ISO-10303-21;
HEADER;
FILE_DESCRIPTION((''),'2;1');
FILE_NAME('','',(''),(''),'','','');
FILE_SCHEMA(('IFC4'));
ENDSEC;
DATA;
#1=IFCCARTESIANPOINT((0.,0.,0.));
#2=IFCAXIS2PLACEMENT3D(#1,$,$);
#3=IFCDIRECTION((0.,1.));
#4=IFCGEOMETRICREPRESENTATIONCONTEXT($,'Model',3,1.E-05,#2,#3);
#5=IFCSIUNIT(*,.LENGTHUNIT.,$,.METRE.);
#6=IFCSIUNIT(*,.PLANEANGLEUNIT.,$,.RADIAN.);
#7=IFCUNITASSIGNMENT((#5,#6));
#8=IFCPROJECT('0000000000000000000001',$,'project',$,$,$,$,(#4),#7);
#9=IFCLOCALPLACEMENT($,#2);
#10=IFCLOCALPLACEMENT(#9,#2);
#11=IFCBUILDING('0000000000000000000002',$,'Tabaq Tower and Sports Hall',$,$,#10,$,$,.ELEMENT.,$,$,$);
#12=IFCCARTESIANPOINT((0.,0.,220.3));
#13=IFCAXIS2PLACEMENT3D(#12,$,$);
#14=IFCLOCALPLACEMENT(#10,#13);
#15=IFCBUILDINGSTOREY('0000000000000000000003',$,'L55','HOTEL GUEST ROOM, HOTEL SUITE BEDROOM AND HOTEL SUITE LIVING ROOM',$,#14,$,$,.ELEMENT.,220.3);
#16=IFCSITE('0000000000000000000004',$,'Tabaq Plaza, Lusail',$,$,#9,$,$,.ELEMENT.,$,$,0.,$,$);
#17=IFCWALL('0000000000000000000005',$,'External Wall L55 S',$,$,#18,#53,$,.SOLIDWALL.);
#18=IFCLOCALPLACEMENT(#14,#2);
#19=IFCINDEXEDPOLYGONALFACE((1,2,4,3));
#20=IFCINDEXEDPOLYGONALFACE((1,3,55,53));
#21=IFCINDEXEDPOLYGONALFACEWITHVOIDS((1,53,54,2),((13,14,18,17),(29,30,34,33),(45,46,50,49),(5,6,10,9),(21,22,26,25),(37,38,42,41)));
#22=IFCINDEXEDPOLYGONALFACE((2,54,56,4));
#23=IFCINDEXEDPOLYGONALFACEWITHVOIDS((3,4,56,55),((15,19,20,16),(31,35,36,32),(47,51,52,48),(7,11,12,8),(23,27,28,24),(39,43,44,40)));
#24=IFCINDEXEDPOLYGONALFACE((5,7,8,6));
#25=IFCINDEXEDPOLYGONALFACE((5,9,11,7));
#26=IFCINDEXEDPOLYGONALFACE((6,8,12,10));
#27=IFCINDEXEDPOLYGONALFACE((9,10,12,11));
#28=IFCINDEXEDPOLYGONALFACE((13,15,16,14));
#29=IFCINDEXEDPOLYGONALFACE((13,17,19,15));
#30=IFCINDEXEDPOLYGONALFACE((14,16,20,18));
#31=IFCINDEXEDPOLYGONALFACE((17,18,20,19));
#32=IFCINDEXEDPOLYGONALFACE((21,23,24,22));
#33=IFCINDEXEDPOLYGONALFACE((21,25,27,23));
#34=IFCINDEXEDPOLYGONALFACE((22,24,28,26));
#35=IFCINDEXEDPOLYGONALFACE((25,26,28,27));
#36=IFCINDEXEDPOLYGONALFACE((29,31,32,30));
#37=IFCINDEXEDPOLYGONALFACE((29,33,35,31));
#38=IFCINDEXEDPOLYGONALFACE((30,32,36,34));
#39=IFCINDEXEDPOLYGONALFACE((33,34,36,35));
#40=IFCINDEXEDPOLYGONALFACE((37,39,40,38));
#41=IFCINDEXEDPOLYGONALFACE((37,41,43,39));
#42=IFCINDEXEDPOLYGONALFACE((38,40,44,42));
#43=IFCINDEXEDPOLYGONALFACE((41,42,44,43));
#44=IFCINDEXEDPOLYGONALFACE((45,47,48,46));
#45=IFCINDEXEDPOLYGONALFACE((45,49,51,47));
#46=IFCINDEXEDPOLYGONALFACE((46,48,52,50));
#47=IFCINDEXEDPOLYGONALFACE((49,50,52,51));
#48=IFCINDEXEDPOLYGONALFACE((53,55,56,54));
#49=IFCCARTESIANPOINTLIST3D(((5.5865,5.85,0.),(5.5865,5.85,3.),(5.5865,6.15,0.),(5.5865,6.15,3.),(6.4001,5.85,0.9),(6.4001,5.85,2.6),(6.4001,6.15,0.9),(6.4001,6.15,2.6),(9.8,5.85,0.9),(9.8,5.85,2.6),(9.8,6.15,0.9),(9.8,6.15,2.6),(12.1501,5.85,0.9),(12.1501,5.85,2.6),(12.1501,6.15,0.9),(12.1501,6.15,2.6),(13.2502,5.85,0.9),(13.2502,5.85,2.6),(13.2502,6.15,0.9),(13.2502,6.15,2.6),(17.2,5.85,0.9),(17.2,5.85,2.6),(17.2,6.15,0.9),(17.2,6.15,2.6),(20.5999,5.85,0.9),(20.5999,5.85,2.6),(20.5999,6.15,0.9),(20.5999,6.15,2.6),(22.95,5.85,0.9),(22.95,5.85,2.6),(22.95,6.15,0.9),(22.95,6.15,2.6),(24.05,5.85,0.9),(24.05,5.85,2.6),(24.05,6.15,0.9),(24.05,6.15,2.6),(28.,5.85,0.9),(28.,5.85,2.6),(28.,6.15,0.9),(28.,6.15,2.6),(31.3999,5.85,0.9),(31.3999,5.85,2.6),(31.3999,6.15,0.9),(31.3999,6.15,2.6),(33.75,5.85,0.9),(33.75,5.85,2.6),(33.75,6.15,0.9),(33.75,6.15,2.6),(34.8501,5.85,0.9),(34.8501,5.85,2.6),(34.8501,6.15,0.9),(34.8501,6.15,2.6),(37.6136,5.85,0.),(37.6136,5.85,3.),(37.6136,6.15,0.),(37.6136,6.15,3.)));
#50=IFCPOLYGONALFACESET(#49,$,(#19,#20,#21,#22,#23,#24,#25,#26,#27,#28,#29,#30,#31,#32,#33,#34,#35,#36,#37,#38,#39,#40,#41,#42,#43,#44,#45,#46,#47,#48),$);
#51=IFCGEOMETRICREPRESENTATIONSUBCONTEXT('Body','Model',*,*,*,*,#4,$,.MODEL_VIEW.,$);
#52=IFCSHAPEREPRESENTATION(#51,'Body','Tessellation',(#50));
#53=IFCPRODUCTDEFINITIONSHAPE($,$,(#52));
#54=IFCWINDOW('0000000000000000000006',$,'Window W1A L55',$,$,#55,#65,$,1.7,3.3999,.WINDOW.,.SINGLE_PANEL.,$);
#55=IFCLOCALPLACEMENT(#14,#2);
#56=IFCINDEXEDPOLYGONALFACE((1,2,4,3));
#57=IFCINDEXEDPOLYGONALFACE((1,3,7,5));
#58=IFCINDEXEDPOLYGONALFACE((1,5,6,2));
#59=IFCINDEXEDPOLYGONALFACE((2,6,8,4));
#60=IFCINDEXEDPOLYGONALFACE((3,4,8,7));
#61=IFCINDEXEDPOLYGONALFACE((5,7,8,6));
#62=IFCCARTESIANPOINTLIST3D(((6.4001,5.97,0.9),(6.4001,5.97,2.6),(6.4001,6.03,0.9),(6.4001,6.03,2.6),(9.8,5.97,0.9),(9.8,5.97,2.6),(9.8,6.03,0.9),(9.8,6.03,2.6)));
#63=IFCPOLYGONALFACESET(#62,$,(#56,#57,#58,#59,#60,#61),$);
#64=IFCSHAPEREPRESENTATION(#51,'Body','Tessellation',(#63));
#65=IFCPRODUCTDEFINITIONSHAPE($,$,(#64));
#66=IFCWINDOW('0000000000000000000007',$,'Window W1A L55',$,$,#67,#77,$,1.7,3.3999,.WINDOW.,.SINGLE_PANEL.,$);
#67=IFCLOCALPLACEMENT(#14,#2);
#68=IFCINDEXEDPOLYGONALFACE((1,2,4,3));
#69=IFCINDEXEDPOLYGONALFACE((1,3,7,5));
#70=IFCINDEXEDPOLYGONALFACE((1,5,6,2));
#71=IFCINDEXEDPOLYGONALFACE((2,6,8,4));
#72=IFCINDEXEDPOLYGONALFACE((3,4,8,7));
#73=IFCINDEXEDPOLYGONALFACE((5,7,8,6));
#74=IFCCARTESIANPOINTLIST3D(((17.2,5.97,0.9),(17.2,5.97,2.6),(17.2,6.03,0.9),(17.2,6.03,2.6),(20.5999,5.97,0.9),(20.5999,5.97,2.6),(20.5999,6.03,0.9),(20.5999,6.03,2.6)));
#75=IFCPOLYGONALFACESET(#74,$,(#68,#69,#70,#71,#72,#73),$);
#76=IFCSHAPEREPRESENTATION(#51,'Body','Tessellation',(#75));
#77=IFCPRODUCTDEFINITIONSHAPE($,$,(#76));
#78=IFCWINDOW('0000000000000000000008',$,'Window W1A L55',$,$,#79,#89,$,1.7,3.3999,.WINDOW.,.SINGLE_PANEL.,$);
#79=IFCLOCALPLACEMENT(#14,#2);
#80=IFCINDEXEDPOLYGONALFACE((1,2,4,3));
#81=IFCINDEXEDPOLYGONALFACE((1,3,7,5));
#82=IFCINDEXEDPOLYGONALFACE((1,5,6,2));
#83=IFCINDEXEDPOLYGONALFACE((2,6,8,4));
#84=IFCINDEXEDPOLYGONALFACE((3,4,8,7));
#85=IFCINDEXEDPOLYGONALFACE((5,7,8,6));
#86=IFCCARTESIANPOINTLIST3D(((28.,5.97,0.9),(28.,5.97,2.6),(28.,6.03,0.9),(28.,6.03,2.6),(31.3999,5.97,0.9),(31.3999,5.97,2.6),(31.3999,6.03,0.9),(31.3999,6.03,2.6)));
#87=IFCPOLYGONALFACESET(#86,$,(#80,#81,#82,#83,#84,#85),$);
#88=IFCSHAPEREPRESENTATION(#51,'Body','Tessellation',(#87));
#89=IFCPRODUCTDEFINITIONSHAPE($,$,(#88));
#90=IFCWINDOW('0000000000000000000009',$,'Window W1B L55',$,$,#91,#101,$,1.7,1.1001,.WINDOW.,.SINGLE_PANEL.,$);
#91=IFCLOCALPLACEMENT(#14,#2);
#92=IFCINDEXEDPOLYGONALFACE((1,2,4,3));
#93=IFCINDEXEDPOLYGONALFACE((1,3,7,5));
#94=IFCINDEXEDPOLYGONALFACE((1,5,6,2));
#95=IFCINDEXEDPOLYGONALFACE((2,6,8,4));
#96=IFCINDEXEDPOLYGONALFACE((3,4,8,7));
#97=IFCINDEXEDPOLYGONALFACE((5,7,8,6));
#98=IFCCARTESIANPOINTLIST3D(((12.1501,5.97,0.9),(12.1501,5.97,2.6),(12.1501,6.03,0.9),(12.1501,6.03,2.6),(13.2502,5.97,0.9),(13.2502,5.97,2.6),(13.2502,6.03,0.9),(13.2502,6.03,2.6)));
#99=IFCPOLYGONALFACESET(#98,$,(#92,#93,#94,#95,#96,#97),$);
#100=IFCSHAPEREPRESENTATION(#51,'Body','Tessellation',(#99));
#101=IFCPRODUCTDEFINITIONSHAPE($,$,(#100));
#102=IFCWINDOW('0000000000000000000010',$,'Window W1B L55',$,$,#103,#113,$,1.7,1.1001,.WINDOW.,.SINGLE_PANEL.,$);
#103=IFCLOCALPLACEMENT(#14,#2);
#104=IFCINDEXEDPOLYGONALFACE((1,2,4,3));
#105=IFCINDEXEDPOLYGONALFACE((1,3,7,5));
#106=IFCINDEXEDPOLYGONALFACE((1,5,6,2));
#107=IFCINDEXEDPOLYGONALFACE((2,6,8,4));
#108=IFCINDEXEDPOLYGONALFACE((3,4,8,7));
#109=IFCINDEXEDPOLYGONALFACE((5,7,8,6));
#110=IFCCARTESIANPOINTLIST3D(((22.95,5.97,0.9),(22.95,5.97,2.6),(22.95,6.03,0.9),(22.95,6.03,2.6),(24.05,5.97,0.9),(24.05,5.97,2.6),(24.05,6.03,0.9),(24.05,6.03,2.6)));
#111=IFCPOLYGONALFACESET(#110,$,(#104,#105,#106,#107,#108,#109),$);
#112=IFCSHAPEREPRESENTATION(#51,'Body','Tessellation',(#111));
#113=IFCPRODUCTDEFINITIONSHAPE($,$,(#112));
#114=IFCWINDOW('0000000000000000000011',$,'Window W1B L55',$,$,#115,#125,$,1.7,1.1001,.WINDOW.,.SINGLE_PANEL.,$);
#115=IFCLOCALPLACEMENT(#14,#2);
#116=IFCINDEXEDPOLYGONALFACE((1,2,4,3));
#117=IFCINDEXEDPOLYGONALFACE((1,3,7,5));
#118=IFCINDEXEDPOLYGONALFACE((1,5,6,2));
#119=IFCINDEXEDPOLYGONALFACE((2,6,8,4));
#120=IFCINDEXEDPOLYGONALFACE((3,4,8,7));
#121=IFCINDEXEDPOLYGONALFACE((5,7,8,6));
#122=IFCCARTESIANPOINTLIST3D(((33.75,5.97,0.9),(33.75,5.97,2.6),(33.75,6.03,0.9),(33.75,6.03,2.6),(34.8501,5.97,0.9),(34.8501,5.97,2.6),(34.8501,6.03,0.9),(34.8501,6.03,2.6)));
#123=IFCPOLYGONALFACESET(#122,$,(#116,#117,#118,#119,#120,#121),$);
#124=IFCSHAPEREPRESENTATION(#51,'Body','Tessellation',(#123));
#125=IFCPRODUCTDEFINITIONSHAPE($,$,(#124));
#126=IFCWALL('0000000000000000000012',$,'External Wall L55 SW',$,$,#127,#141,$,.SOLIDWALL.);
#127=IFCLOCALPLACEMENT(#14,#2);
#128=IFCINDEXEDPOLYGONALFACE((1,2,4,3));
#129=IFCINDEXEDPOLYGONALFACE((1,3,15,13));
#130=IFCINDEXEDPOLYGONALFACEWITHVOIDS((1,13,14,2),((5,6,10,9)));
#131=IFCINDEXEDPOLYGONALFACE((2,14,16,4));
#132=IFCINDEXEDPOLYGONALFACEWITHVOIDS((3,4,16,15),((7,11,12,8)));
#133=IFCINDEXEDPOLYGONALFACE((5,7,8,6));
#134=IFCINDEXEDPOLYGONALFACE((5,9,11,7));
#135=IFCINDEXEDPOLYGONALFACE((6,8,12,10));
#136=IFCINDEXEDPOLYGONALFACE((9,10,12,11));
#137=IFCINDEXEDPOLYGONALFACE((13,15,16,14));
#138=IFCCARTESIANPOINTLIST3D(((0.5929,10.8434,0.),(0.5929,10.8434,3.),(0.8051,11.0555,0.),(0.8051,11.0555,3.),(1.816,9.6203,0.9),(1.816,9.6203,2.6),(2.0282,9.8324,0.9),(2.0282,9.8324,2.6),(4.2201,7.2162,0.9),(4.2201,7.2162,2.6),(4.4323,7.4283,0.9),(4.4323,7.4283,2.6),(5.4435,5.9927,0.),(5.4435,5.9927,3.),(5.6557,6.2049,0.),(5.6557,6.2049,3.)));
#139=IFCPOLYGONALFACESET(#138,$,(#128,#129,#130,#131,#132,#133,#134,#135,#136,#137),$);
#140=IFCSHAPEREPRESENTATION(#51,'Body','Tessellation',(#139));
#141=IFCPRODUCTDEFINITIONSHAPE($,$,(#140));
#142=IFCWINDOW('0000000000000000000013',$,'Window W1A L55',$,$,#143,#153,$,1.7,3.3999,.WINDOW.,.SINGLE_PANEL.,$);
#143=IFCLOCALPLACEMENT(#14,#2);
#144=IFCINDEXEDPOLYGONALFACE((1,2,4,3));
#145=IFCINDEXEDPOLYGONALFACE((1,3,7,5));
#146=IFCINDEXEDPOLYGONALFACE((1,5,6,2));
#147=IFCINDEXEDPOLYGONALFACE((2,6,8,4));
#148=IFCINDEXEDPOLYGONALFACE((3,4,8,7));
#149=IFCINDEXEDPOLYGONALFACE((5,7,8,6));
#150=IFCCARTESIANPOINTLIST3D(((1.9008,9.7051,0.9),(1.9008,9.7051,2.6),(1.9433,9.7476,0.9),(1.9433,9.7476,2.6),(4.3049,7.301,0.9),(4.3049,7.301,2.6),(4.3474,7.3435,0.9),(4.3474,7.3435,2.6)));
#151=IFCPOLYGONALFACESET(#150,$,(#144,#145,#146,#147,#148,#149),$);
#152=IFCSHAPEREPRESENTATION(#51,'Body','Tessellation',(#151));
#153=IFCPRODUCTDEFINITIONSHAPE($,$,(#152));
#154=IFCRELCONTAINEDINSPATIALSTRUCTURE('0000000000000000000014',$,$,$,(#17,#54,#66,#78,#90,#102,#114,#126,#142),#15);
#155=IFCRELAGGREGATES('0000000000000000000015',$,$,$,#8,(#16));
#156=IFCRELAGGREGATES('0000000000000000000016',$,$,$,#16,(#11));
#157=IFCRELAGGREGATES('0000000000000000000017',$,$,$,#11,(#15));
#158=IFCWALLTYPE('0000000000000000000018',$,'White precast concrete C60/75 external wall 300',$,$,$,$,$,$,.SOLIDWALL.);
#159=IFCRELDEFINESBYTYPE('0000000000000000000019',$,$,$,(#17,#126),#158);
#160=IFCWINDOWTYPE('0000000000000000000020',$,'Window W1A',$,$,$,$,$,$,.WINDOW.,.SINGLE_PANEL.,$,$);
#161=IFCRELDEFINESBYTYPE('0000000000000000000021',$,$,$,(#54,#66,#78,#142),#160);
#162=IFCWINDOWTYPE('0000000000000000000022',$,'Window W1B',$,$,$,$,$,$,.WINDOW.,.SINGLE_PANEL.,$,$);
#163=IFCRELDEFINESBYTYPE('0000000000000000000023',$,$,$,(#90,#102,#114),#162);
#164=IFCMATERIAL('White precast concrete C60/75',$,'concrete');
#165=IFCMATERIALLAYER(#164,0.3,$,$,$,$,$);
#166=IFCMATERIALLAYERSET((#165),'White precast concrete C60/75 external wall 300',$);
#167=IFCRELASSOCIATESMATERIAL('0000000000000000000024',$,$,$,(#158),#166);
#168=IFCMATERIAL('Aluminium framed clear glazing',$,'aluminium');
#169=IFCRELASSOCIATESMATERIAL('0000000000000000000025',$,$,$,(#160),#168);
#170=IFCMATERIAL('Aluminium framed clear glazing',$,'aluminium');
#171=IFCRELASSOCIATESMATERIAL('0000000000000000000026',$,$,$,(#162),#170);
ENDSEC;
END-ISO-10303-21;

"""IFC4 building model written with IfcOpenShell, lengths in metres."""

from ifc_helpers import new_model, si_unit, direction, frame, frame_2d, origin, place, context, subcontext, project, spatial, rectangle, extrude, material, layer, layer_set, type_object, element, fill, save


model = new_model("IFC4")

# Units and contexts
model_context = context("Model", 3, precision=1e-05, world=origin(), true_north=direction((0.0, 1.0)))
body_context = subcontext(model_context, "Body", "Model", "MODEL_VIEW")
ifc_project = project(units=[si_unit("LENGTHUNIT", "METRE"), si_unit("PLANEANGLEUNIT", "RADIAN")], contexts=[model_context])

# Site, building, storey
site_placement = place(None, origin())
site = spatial("IfcSite", under=ifc_project, at=site_placement, Name="Tabaq Plaza, Lusail", CompositionType="ELEMENT", RefElevation=0.0)
building_placement = place(site_placement, origin())
building = spatial("IfcBuilding", under=site, at=building_placement, Name="Tabaq Tower and Sports Hall", CompositionType="ELEMENT")
storey_placement = place(building_placement, frame((0.0, 0.0, 220.3)))
storey = spatial("IfcBuildingStorey", under=building, at=storey_placement, Name="L55", Description="HOTEL GUEST ROOM, HOTEL SUITE BEDROOM AND HOTEL SUITE LIVING ROOM", CompositionType="ELEMENT", Elevation=220.3)

# Wall, openings, windows
ifc_material_1 = material(Name="White precast concrete C60/75", Category="concrete")
ifc_layer_1 = layer(ifc_material_1, 0.3)
ifc_layer_set_1 = layer_set([ifc_layer_1], Name="White precast concrete C60/75 external wall 300")
wall_type_1 = type_object("IfcWallType", Name="White precast concrete C60/75 external wall 300", PredefinedType="SOLIDWALL", material=ifc_layer_set_1)
wall_1_placement = place(storey_placement, frame((5.5864, 6.0, 0.0), z_axis=(0.0, 0.0, 1.0), x_axis=(1.0, 0.0, 0.0)))
wall_1 = element("IfcWall", 1, at=wall_1_placement, inside=storey, type_object=wall_type_1, Name="External Wall L55 S", PredefinedType="SOLIDWALL", context=body_context, shape_type="SweptSolid", body=[
    extrude(rectangle(XDim=32.0271, YDim=0.3, at=frame_2d((16.0137, 0.0))), origin(), (0.0, 0.0, 1.0), 3.0),
])
opening_1_placement = place(wall_1_placement, frame((0.8137, 0.0, 0.8999)))
opening_1 = element("IfcOpeningElement", 2, at=opening_1_placement, cuts=wall_1, PredefinedType="OPENING", context=body_context, shape_type="SweptSolid", body=[
    extrude(rectangle(XDim=3.3999, YDim=1.7, at=frame_2d((1.7, 0.8501))), frame((0.0, 0.1602, 0.0), z_axis=(0.0, -1.0, 0.0), x_axis=(1.0, 0.0, 0.0)), (0.0, 0.0, 1.0), 0.3201),
])
opening_2_placement = place(wall_1_placement, frame((6.5637, 0.0, 0.8999)))
opening_2 = element("IfcOpeningElement", 3, at=opening_2_placement, cuts=wall_1, PredefinedType="OPENING", context=body_context, shape_type="SweptSolid", body=[
    extrude(rectangle(XDim=1.1001, YDim=1.7, at=frame_2d((0.55, 0.8501))), frame((0.0, 0.1602, 0.0), z_axis=(0.0, -1.0, 0.0), x_axis=(1.0, 0.0, 0.0)), (0.0, 0.0, 1.0), 0.3201),
])
opening_3_placement = place(wall_1_placement, frame((11.6135, 0.0, 0.8999)))
opening_3 = element("IfcOpeningElement", 4, at=opening_3_placement, cuts=wall_1, PredefinedType="OPENING", context=body_context, shape_type="SweptSolid", body=[
    extrude(rectangle(XDim=3.3999, YDim=1.7, at=frame_2d((1.7, 0.8501))), frame((0.0, 0.1602, 0.0), z_axis=(0.0, -1.0, 0.0), x_axis=(1.0, 0.0, 0.0)), (0.0, 0.0, 1.0), 0.3201),
])
opening_4_placement = place(wall_1_placement, frame((17.3635, 0.0, 0.8999)))
opening_4 = element("IfcOpeningElement", 5, at=opening_4_placement, cuts=wall_1, PredefinedType="OPENING", context=body_context, shape_type="SweptSolid", body=[
    extrude(rectangle(XDim=1.1001, YDim=1.7, at=frame_2d((0.55, 0.8501))), frame((0.0, 0.1602, 0.0), z_axis=(0.0, -1.0, 0.0), x_axis=(1.0, 0.0, 0.0)), (0.0, 0.0, 1.0), 0.3201),
])
opening_5_placement = place(wall_1_placement, frame((22.4136, 0.0, 0.8999)))
opening_5 = element("IfcOpeningElement", 6, at=opening_5_placement, cuts=wall_1, PredefinedType="OPENING", context=body_context, shape_type="SweptSolid", body=[
    extrude(rectangle(XDim=3.3999, YDim=1.7, at=frame_2d((1.7, 0.8501))), frame((0.0, 0.1602, 0.0), z_axis=(0.0, -1.0, 0.0), x_axis=(1.0, 0.0, 0.0)), (0.0, 0.0, 1.0), 0.3201),
])
opening_6_placement = place(wall_1_placement, frame((28.1636, 0.0, 0.8999)))
opening_6 = element("IfcOpeningElement", 7, at=opening_6_placement, cuts=wall_1, PredefinedType="OPENING", context=body_context, shape_type="SweptSolid", body=[
    extrude(rectangle(XDim=1.1001, YDim=1.7, at=frame_2d((0.55, 0.8501))), frame((0.0, 0.1602, 0.0), z_axis=(0.0, -1.0, 0.0), x_axis=(1.0, 0.0, 0.0)), (0.0, 0.0, 1.0), 0.3201),
])
ifc_material_2 = material(Name="Aluminium framed clear glazing", Category="aluminium")
window_type_1 = type_object("IfcWindowType", Name="Window W1A", PartitioningType="SINGLE_PANEL", PredefinedType="WINDOW", material=ifc_material_2)
window_1_placement = place(opening_1_placement, origin())
window_1 = element("IfcWindow", 8, at=window_1_placement, inside=storey, type_object=window_type_1, Name="Window W1A L55", OverallHeight=1.7, OverallWidth=3.3999, PartitioningType="SINGLE_PANEL", PredefinedType="WINDOW", context=body_context, shape_type="SweptSolid", body=[
    extrude(rectangle(XDim=3.3999, YDim=1.7, at=frame_2d((1.7, 0.8501))), frame((0.0, 0.03, 0.0), z_axis=(0.0, -1.0, 0.0), x_axis=(1.0, 0.0, 0.0)), (0.0, 0.0, 1.0), 0.0601),
])
fill(opening_1, window_1)
window_2_placement = place(opening_3_placement, origin())
window_2 = element("IfcWindow", 9, at=window_2_placement, inside=storey, type_object=window_type_1, Name="Window W1A L55", OverallHeight=1.7, OverallWidth=3.3999, PartitioningType="SINGLE_PANEL", PredefinedType="WINDOW", context=body_context, shape_type="SweptSolid", body=[
    extrude(rectangle(XDim=3.3999, YDim=1.7, at=frame_2d((1.7, 0.8501))), frame((0.0, 0.03, 0.0), z_axis=(0.0, -1.0, 0.0), x_axis=(1.0, 0.0, 0.0)), (0.0, 0.0, 1.0), 0.0601),
])
fill(opening_3, window_2)
window_3_placement = place(opening_5_placement, origin())
window_3 = element("IfcWindow", 10, at=window_3_placement, inside=storey, type_object=window_type_1, Name="Window W1A L55", OverallHeight=1.7, OverallWidth=3.3999, PartitioningType="SINGLE_PANEL", PredefinedType="WINDOW", context=body_context, shape_type="SweptSolid", body=[
    extrude(rectangle(XDim=3.3999, YDim=1.7, at=frame_2d((1.7, 0.8501))), frame((0.0, 0.03, 0.0), z_axis=(0.0, -1.0, 0.0), x_axis=(1.0, 0.0, 0.0)), (0.0, 0.0, 1.0), 0.0601),
])
fill(opening_5, window_3)
ifc_material_3 = material(Name="Aluminium framed clear glazing", Category="aluminium")
window_type_2 = type_object("IfcWindowType", Name="Window W1B", PartitioningType="SINGLE_PANEL", PredefinedType="WINDOW", material=ifc_material_3)
window_4_placement = place(opening_2_placement, origin())
window_4 = element("IfcWindow", 11, at=window_4_placement, inside=storey, type_object=window_type_2, Name="Window W1B L55", OverallHeight=1.7, OverallWidth=1.1001, PartitioningType="SINGLE_PANEL", PredefinedType="WINDOW", context=body_context, shape_type="SweptSolid", body=[
    extrude(rectangle(XDim=1.1001, YDim=1.7, at=frame_2d((0.55, 0.8501))), frame((0.0, 0.03, 0.0), z_axis=(0.0, -1.0, 0.0), x_axis=(1.0, 0.0, 0.0)), (0.0, 0.0, 1.0), 0.0601),
])
fill(opening_2, window_4)
window_5_placement = place(opening_4_placement, origin())
window_5 = element("IfcWindow", 12, at=window_5_placement, inside=storey, type_object=window_type_2, Name="Window W1B L55", OverallHeight=1.7, OverallWidth=1.1001, PartitioningType="SINGLE_PANEL", PredefinedType="WINDOW", context=body_context, shape_type="SweptSolid", body=[
    extrude(rectangle(XDim=1.1001, YDim=1.7, at=frame_2d((0.55, 0.8501))), frame((0.0, 0.03, 0.0), z_axis=(0.0, -1.0, 0.0), x_axis=(1.0, 0.0, 0.0)), (0.0, 0.0, 1.0), 0.0601),
])
fill(opening_4, window_5)
window_6_placement = place(opening_6_placement, origin())
window_6 = element("IfcWindow", 13, at=window_6_placement, inside=storey, type_object=window_type_2, Name="Window W1B L55", OverallHeight=1.7, OverallWidth=1.1001, PartitioningType="SINGLE_PANEL", PredefinedType="WINDOW", context=body_context, shape_type="SweptSolid", body=[
    extrude(rectangle(XDim=1.1001, YDim=1.7, at=frame_2d((0.55, 0.8501))), frame((0.0, 0.03, 0.0), z_axis=(0.0, -1.0, 0.0), x_axis=(1.0, 0.0, 0.0)), (0.0, 0.0, 1.0), 0.0601),
])
fill(opening_6, window_6)

# Wall, opening, window
wall_2_placement = place(storey_placement, frame((0.699, 10.9495, 0.0), z_axis=(0.0, 0.0, 1.0), x_axis=(0.707107, -0.707107, 0.0)))
wall_2 = element("IfcWall", 14, at=wall_2_placement, inside=storey, type_object=wall_type_1, Name="External Wall L55 SW", PredefinedType="SOLIDWALL", context=body_context, shape_type="SweptSolid", body=[
    extrude(rectangle(XDim=6.8599, YDim=0.3, at=frame_2d((3.4299, 0.0))), origin(), (0.0, 0.0, 1.0), 3.0),
])
opening_7_placement = place(wall_2_placement, frame((1.7297, 0.0, 0.8999)))
opening_7 = element("IfcOpeningElement", 15, at=opening_7_placement, cuts=wall_2, PredefinedType="OPENING", context=body_context, shape_type="SweptSolid", body=[
    extrude(rectangle(XDim=3.3999, YDim=1.7, at=frame_2d((1.7, 0.8501))), frame((0.0, 0.1602, 0.0), z_axis=(0.0, -1.0, 0.0), x_axis=(1.0, 0.0, 0.0)), (0.0, 0.0, 1.0), 0.3201),
])
window_7_placement = place(opening_7_placement, origin())
window_7 = element("IfcWindow", 16, at=window_7_placement, inside=storey, type_object=window_type_1, Name="Window W1A L55", OverallHeight=1.7, OverallWidth=3.3999, PartitioningType="SINGLE_PANEL", PredefinedType="WINDOW", context=body_context, shape_type="SweptSolid", body=[
    extrude(rectangle(XDim=3.3999, YDim=1.7, at=frame_2d((1.7, 0.8501))), frame((0.0, 0.03, 0.0), z_axis=(0.0, -1.0, 0.0), x_axis=(1.0, 0.0, 0.0)), (0.0, 0.0, 1.0), 0.0601),
])
fill(opening_7, window_7)

save(model, "model.ifc")
